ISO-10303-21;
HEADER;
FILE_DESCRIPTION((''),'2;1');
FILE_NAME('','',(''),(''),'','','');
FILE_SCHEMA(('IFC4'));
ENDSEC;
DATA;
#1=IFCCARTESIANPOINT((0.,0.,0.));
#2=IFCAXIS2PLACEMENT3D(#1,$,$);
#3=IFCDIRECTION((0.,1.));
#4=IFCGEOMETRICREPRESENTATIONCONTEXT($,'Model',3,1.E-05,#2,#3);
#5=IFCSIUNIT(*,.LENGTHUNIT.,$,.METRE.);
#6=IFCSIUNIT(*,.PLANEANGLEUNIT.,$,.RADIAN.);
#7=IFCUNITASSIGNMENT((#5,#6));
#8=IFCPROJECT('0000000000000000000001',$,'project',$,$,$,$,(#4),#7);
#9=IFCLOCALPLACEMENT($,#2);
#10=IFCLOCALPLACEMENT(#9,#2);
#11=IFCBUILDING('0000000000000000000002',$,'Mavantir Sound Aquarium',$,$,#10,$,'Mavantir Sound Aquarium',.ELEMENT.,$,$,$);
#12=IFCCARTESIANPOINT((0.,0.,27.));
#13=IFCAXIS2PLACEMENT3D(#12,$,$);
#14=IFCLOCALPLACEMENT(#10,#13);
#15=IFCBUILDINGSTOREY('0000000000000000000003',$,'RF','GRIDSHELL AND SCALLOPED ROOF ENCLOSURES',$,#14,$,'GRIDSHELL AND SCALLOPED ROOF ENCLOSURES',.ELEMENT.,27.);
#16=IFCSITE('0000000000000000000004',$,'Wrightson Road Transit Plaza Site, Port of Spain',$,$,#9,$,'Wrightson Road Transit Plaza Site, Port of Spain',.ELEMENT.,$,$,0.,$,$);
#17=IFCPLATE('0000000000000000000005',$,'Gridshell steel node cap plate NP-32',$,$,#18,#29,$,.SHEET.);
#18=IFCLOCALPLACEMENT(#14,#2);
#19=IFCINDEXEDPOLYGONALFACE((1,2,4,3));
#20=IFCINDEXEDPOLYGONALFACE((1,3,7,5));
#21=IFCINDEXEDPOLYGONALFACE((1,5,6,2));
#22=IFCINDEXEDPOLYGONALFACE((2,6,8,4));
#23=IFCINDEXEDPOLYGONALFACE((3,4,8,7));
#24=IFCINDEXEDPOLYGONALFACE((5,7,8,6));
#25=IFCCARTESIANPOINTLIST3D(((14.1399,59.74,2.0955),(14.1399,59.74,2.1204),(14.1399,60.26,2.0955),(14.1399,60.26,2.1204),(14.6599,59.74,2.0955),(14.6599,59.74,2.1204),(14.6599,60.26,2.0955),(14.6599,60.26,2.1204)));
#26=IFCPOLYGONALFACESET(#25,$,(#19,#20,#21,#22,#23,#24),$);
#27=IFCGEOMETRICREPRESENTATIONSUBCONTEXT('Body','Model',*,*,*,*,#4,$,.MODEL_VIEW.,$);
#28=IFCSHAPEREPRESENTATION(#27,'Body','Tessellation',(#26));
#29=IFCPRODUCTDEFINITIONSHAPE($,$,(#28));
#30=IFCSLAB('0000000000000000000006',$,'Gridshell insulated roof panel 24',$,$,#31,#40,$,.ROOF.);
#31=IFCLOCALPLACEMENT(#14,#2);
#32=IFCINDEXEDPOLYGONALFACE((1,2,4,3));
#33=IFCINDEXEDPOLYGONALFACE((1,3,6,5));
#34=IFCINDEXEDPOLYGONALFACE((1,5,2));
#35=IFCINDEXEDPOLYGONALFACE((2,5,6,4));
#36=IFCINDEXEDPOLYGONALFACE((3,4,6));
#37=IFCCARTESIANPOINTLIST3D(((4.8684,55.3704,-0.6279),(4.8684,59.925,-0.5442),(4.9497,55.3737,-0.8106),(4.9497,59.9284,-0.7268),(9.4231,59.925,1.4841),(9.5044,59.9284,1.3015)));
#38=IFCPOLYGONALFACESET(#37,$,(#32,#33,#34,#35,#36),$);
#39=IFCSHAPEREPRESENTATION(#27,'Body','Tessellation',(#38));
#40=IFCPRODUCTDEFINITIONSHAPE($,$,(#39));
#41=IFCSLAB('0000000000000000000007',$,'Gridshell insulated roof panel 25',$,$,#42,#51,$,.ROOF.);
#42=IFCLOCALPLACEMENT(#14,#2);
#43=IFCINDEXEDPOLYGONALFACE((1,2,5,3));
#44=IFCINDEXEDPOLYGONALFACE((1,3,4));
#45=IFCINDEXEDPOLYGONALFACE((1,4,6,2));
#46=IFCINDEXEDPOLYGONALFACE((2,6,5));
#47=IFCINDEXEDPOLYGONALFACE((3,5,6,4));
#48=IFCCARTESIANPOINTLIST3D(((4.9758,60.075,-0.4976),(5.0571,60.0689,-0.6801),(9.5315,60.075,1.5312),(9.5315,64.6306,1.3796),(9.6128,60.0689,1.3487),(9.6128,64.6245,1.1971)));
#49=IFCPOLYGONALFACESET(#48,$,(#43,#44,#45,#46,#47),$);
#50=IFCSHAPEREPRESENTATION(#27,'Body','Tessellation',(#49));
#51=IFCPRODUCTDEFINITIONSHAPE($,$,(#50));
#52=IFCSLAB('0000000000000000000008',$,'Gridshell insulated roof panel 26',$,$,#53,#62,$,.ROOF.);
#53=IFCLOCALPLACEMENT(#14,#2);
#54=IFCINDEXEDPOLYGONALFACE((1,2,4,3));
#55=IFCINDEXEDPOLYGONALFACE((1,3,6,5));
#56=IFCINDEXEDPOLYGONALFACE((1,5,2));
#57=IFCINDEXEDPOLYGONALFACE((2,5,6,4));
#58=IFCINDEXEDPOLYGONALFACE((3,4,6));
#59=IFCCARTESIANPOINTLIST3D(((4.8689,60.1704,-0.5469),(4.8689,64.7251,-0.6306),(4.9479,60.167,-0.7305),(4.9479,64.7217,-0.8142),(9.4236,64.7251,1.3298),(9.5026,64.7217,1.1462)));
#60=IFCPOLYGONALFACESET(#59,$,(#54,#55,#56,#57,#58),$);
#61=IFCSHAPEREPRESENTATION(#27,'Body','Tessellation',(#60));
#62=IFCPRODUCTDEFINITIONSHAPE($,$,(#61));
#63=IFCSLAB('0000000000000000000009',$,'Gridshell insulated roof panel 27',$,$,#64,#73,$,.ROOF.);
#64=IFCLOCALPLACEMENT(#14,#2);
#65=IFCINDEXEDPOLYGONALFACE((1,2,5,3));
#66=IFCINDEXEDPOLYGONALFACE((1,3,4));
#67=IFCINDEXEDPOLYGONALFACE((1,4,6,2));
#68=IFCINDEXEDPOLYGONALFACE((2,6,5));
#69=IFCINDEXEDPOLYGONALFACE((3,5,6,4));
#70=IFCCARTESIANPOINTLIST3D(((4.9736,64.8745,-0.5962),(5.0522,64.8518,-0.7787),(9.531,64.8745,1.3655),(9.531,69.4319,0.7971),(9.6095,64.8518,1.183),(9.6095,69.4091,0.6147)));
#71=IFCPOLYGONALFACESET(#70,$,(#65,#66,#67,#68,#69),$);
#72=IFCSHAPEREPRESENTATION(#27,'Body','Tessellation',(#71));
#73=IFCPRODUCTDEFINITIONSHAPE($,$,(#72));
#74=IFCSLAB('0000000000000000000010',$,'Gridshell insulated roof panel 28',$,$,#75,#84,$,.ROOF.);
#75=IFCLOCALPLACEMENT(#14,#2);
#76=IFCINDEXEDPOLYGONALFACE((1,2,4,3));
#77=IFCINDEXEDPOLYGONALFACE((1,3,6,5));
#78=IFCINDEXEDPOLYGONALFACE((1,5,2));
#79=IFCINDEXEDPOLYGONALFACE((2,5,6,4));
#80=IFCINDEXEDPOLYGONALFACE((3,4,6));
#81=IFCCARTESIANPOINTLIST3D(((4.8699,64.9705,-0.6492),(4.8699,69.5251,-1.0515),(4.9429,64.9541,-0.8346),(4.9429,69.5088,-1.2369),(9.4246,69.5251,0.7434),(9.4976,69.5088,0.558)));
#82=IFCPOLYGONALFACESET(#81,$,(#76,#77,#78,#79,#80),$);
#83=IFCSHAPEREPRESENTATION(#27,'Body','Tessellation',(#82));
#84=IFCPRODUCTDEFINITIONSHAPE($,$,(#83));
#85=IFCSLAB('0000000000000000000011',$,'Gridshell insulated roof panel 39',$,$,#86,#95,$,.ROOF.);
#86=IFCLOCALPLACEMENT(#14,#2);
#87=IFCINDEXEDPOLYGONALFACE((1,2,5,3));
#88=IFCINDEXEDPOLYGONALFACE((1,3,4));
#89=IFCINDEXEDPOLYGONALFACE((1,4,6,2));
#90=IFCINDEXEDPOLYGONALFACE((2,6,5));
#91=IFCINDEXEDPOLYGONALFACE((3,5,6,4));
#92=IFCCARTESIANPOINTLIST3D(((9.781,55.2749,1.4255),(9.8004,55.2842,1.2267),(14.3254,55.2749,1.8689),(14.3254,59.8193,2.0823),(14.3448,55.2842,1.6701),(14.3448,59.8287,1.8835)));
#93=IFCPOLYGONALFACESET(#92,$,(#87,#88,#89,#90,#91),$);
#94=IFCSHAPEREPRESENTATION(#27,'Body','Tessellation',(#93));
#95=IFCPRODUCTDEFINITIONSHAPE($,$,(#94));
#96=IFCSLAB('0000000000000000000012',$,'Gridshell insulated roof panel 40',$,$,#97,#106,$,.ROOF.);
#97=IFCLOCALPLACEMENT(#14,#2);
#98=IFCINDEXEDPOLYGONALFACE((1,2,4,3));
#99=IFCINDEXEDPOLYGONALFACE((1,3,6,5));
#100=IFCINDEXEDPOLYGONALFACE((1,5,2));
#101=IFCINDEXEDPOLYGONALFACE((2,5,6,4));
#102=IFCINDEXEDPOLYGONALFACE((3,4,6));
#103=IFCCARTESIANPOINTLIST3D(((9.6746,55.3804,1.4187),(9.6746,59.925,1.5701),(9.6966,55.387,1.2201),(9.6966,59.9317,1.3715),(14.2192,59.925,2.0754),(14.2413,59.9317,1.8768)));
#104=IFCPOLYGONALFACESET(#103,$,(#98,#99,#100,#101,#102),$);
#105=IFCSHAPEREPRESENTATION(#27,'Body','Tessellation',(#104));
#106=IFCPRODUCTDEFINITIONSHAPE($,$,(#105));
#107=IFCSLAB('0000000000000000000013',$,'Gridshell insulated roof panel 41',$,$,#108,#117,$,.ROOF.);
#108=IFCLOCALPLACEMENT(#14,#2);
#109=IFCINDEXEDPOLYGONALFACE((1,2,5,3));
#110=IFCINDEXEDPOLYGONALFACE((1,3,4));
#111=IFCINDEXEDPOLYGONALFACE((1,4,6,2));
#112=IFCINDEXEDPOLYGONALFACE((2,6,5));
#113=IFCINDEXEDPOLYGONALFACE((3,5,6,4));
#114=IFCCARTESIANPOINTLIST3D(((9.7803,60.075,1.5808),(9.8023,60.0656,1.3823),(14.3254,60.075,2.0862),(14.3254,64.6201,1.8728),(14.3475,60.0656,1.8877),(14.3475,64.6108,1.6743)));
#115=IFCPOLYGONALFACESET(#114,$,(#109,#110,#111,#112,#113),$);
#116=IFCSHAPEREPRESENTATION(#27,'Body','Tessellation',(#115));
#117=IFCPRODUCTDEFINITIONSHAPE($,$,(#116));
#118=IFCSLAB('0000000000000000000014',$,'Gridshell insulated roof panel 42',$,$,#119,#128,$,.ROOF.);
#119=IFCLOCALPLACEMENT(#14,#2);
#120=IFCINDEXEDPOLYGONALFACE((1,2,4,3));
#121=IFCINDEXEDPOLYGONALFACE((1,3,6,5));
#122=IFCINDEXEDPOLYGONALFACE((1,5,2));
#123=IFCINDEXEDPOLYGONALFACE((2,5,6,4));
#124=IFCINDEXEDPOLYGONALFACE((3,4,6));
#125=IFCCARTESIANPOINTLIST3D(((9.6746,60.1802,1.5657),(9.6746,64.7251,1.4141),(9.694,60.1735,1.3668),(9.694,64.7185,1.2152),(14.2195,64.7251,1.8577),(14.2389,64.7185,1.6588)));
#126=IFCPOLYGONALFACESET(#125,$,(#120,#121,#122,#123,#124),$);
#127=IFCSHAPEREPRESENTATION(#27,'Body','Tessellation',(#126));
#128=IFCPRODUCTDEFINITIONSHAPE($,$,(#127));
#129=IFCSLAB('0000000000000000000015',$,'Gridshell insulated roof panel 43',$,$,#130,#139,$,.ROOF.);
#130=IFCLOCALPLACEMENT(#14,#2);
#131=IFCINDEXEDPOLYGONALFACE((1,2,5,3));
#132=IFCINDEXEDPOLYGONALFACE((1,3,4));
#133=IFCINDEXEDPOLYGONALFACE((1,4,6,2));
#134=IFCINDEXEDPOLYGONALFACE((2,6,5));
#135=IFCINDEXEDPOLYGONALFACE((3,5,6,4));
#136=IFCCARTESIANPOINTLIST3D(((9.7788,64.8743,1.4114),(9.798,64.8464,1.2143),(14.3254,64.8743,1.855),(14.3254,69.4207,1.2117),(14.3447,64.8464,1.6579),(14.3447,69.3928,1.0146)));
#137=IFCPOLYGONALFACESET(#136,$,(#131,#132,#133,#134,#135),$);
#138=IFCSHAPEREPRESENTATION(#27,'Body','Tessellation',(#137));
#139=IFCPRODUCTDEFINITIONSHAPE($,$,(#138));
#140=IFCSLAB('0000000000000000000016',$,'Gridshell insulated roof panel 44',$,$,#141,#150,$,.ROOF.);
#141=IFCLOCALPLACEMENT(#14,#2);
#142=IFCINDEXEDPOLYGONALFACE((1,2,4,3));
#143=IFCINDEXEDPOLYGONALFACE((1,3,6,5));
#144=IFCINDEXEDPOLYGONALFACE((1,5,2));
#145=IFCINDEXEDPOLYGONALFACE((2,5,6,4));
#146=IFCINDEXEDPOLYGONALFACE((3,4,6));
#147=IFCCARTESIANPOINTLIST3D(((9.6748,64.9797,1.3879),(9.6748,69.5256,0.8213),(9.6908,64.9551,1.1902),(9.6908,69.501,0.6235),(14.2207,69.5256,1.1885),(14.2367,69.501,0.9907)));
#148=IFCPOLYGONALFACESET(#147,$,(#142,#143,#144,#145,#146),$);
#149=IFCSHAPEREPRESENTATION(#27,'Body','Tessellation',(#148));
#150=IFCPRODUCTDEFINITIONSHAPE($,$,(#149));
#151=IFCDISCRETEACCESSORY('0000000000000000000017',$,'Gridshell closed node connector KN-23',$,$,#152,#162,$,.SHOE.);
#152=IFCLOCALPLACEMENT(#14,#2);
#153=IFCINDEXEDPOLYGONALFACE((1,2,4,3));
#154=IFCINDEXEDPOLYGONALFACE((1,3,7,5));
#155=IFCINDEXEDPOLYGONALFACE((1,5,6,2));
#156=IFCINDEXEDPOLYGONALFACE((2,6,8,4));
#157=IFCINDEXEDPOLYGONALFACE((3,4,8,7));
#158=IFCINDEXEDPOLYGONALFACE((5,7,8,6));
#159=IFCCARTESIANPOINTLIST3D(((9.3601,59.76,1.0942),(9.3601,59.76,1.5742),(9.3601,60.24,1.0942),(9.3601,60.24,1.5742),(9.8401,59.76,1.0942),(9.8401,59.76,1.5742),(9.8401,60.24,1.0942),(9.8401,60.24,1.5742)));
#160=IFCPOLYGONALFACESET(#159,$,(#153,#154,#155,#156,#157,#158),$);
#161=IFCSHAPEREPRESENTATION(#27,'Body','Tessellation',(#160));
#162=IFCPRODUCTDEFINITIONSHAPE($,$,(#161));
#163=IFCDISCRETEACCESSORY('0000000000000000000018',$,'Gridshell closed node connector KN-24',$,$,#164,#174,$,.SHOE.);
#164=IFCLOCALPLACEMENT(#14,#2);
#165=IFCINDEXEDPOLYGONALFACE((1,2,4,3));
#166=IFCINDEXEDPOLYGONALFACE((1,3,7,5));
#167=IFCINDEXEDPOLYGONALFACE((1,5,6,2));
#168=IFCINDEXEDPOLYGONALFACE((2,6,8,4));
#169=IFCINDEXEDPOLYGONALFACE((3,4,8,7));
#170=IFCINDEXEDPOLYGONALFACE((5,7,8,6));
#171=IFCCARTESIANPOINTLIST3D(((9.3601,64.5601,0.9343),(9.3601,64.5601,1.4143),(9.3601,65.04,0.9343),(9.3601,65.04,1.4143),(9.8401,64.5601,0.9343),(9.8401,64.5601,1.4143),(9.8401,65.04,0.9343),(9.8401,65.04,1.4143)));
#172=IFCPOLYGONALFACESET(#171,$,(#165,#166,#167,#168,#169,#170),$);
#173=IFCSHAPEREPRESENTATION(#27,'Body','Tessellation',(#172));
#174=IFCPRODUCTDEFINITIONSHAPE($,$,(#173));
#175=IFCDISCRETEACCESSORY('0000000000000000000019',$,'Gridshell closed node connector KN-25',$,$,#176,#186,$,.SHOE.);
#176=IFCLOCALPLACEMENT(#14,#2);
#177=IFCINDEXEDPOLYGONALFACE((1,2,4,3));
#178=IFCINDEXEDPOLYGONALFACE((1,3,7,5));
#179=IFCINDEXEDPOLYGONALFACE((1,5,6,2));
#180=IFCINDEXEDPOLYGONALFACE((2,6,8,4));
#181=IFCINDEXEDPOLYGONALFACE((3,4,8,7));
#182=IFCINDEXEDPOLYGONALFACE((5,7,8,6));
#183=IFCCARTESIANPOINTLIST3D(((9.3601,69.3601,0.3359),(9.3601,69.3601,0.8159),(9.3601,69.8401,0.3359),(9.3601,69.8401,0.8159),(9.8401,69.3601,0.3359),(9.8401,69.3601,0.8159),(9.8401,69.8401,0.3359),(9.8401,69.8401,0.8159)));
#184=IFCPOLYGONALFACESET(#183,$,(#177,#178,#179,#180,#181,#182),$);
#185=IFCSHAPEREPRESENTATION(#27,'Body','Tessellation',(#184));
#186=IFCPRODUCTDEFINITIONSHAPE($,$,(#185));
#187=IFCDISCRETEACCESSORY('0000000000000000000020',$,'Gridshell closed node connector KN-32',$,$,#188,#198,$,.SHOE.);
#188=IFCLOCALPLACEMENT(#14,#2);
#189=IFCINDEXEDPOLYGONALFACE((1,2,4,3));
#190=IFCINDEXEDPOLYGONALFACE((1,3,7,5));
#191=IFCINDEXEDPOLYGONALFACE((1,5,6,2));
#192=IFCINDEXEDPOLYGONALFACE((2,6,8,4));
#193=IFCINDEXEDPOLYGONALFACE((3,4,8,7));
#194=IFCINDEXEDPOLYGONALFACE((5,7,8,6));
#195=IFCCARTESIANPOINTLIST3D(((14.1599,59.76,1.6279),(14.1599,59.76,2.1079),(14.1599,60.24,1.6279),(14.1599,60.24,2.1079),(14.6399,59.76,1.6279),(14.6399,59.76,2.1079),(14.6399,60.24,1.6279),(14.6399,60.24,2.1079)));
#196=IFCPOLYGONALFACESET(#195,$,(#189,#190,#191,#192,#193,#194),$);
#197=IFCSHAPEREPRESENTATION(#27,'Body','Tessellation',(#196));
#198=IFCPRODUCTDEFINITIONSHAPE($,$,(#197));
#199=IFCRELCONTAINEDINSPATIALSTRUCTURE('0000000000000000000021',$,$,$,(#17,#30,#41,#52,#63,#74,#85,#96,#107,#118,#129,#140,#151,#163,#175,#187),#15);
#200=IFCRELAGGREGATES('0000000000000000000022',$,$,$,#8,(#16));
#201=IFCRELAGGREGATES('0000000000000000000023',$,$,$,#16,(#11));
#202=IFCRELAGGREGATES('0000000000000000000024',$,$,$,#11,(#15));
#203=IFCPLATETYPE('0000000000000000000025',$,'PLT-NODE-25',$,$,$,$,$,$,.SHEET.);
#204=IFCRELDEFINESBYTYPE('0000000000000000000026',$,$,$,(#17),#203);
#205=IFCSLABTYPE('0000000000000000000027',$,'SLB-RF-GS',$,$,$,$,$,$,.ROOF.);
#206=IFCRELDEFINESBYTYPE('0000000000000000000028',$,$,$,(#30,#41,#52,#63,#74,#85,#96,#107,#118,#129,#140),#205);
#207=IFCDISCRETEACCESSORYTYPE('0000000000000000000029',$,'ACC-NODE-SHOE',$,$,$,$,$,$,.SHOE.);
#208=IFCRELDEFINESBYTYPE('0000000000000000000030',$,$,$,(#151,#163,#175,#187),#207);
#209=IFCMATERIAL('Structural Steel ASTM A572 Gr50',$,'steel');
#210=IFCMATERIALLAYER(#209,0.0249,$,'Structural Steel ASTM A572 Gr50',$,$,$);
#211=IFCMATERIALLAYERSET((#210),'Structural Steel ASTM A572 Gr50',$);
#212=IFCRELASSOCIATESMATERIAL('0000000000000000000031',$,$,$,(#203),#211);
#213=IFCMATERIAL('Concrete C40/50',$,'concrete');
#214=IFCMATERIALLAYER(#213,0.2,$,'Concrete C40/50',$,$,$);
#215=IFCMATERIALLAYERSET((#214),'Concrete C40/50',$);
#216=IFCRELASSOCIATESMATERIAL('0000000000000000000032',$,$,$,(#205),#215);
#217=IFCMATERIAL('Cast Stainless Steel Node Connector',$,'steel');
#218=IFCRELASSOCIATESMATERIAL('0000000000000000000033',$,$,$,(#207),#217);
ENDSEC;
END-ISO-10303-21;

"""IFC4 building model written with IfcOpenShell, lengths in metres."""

from ifc_helpers import new_model, si_unit, direction, frame, origin, origin_2d, place, context, subcontext, project, spatial, polyline, rectangle, outline, extrude, material, layer, layer_set, type_object, element, save


model = new_model("IFC4")

# Units and contexts
model_context = context("Model", 3, precision=1e-05, world=origin(), true_north=direction((0.0, 1.0)))
body_context = subcontext(model_context, "Body", "Model", "MODEL_VIEW")
ifc_project = project(units=[si_unit("LENGTHUNIT", "METRE"), si_unit("PLANEANGLEUNIT", "RADIAN")], contexts=[model_context])

# Site, building, storey
site_placement = place(None, origin())
site = spatial("IfcSite", under=ifc_project, at=site_placement, Name="Wrightson Road Transit Plaza Site, Port of Spain", LongName="Wrightson Road Transit Plaza Site, Port of Spain", CompositionType="ELEMENT", RefElevation=0.0)
building_placement = place(site_placement, origin())
building = spatial("IfcBuilding", under=site, at=building_placement, Name="Mavantir Sound Aquarium", LongName="Mavantir Sound Aquarium", CompositionType="ELEMENT")
storey_placement = place(building_placement, frame((0.0, 0.0, 27.0)))
storey = spatial("IfcBuildingStorey", under=building, at=storey_placement, Name="RF", Description="GRIDSHELL AND SCALLOPED ROOF ENCLOSURES", LongName="GRIDSHELL AND SCALLOPED ROOF ENCLOSURES", CompositionType="ELEMENT", Elevation=27.0)

# Plate
ifc_material_1 = material(Name="Structural Steel ASTM A572 Gr50", Category="steel")
ifc_layer_1 = layer(ifc_material_1, 0.0249, Name="Structural Steel ASTM A572 Gr50")
ifc_layer_set_1 = layer_set([ifc_layer_1], Name="Structural Steel ASTM A572 Gr50")
plate_type_1 = type_object("IfcPlateType", Name="PLT-NODE-25", PredefinedType="SHEET", material=ifc_layer_set_1)
for number, where, z_axis, x_axis, name in (
    (1, (14.3999, 60.0, 2.0955), (0.0, 0.0, 1.0), (1.0, 0.0, 0.0), "Gridshell steel node cap plate NP-32"),
):
    element("IfcPlate", number, at=place(storey_placement, frame(where, z_axis=z_axis, x_axis=x_axis)), inside=storey, type_object=plate_type_1, Name=name, PredefinedType="SHEET", context=body_context, shape_type="SweptSolid", body=[
        extrude(rectangle(XDim=0.52, YDim=0.52, at=origin_2d()), origin(), (0.0, 0.0, 1.0), 0.0249),
    ])

# Slabs
ifc_material_2 = material(Name="Concrete C40/50", Category="concrete")
ifc_layer_2 = layer(ifc_material_2, 0.2, Name="Concrete C40/50")
ifc_layer_set_2 = layer_set([ifc_layer_2], Name="Concrete C40/50")
slab_type = type_object("IfcSlabType", Name="SLB-RF-GS", PredefinedType="ROOF", material=ifc_layer_set_2)
slab_1_placement = place(storey_placement, frame((4.8684, 55.3704, -0.6279), z_axis=(-0.406753, -0.016793, 0.913384), x_axis=(0.671909, 0.671909, 0.311572)))
element("IfcSlab", 2, at=slab_1_placement, inside=storey, type_object=slab_type, Name="Gridshell insulated roof panel 24", PredefinedType="ROOF", context=body_context, shape_type="SweptSolid", body=[
    extrude(outline(polyline([(0.0, 0.0), (6.7787, 0.0), (3.0864, 3.3505), (0.0, 0.0)])), origin(), (0.0, 0.0, -1.0), 0.2),
])
slab_2_placement = place(storey_placement, frame((4.9758, 60.075, -0.4976), z_axis=(-0.406632, 0.030387, 0.913087), x_axis=(0.913508, 0.0, 0.40682)))
element("IfcSlab", 3, at=slab_2_placement, inside=storey, type_object=slab_type, Name="Gridshell insulated roof panel 25", PredefinedType="ROOF", context=body_context, shape_type="SweptSolid", body=[
    extrude(outline(polyline([(0.0, 0.0), (4.987, 0.0), (4.9253, 4.5578), (0.0, 0.0)])), origin(), (0.0, 0.0, -1.0), 0.2),
])
slab_3_placement = place(storey_placement, frame((4.8689, 60.1704, -0.5469), z_axis=(-0.3953, 0.016885, 0.918397), x_axis=(0.678879, 0.678879, 0.279725)))
element("IfcSlab", 4, at=slab_3_placement, inside=storey, type_object=slab_type, Name="Gridshell insulated roof panel 26", PredefinedType="ROOF", context=body_context, shape_type="SweptSolid", body=[
    extrude(outline(polyline([(0.0, 0.0), (6.7091, 0.0), (3.0687, 3.3668), (0.0, 0.0)])), origin(), (0.0, 0.0, -1.0), 0.2),
])
slab_4_placement = place(storey_placement, frame((4.9736, 64.8745, -0.5962), z_axis=(-0.392799, 0.113807, 0.912555), x_axis=(0.918523, 0.0, 0.395368)))
element("IfcSlab", 5, at=slab_4_placement, inside=storey, type_object=slab_type, Name="Gridshell insulated roof panel 27", PredefinedType="ROOF", context=body_context, shape_type="SweptSolid", body=[
    extrude(outline(polyline([(0.0, 0.0), (4.9616, 0.0), (4.7369, 4.5872), (0.0, 0.0)])), origin(), (0.0, 0.0, -1.0), 0.2),
])
slab_5_placement = place(storey_placement, frame((4.8699, 64.9705, -0.6492), z_axis=(-0.365408, 0.081909, 0.927237), x_axis=(0.691139, 0.691139, 0.211313)))
element("IfcSlab", 6, at=slab_5_placement, inside=storey, type_object=slab_type, Name="Gridshell insulated roof panel 28", PredefinedType="ROOF", context=body_context, shape_type="SweptSolid", body=[
    extrude(outline(polyline([(0.0, 0.0), (6.5901, 0.0), (3.0629, 3.395), (0.0, 0.0)])), origin(), (0.0, 0.0, -1.0), 0.2),
])
slab_6_placement = place(storey_placement, frame((9.781, 55.2749, 1.4255), z_axis=(-0.096994, -0.046681, 0.99419), x_axis=(0.995275, 0.0, 0.0971)))
element("IfcSlab", 7, at=slab_6_placement, inside=storey, type_object=slab_type, Name="Gridshell insulated roof panel 39", PredefinedType="ROOF", context=body_context, shape_type="SweptSolid", body=[
    extrude(outline(polyline([(0.0, 0.0), (4.566, 0.0), (4.5867, 4.5494), (0.0, 0.0)])), origin(), (0.0, 0.0, -1.0), 0.2),
])
slab_7_placement = place(storey_placement, frame((9.6746, 55.3804, 1.4187), z_axis=(-0.110459, -0.033084, 0.99333), x_axis=(0.703444, 0.703444, 0.101653)))
element("IfcSlab", 8, at=slab_7_placement, inside=storey, type_object=slab_type, Name="Gridshell insulated roof panel 40", PredefinedType="ROOF", context=body_context, shape_type="SweptSolid", body=[
    extrude(outline(polyline([(0.0, 0.0), (6.4606, 0.0), (3.2123, 3.2184), (0.0, 0.0)])), origin(), (0.0, 0.0, -1.0), 0.2),
])
slab_8_placement = place(storey_placement, frame((9.7803, 60.075, 1.5808), z_axis=(-0.110388, 0.046608, 0.992795), x_axis=(0.993875, 0.0, 0.110508)))
element("IfcSlab", 9, at=slab_8_placement, inside=storey, type_object=slab_type, Name="Gridshell insulated roof panel 41", PredefinedType="ROOF", context=body_context, shape_type="SweptSolid", body=[
    extrude(outline(polyline([(0.0, 0.0), (4.5732, 0.0), (4.5496, 4.5501), (0.0, 0.0)])), origin(), (0.0, 0.0, -1.0), 0.2),
])
slab_9_placement = place(storey_placement, frame((9.6746, 60.1802, 1.5657), z_axis=(-0.097089, 0.033182, 0.994722), x_axis=(0.706378, 0.706378, 0.045382)))
element("IfcSlab", 10, at=slab_9_placement, inside=storey, type_object=slab_type, Name="Gridshell insulated roof panel 42", PredefinedType="ROOF", context=body_context, shape_type="SweptSolid", body=[
    extrude(outline(polyline([(0.0, 0.0), (6.4341, 0.0), (3.2036, 3.2275), (0.0, 0.0)])), origin(), (0.0, 0.0, -1.0), 0.2),
])
slab_10_placement = place(storey_placement, frame((9.7788, 64.8743, 1.4114), z_axis=(-0.096158, 0.139454, 0.985549), x_axis=(0.995274, 0.0, 0.097106)))
element("IfcSlab", 11, at=slab_10_placement, inside=storey, type_object=slab_type, Name="Gridshell insulated roof panel 43", PredefinedType="ROOF", context=body_context, shape_type="SweptSolid", body=[
    extrude(outline(polyline([(0.0, 0.0), (4.5682, 0.0), (4.5058, 4.5913), (0.0, 0.0)])), origin(), (0.0, 0.0, -1.0), 0.2),
])
slab_11_placement = place(storey_placement, frame((9.6748, 64.9797, 1.3879), z_axis=(-0.079897, 0.123298, 0.989148), x_axis=(0.706767, 0.706767, -0.031011)))
element("IfcSlab", 12, at=slab_11_placement, inside=storey, type_object=slab_type, Name="Gridshell insulated roof panel 44", PredefinedType="ROOF", context=body_context, shape_type="SweptSolid", body=[
    extrude(outline(polyline([(0.0, 0.0), (6.432, 0.0), (3.2305, 3.2481), (0.0, 0.0)])), origin(), (0.0, 0.0, -1.0), 0.2),
])

# Discrete accessories
ifc_material_3 = material(Name="Cast Stainless Steel Node Connector", Category="steel")
discrete_accessory_type = type_object("IfcDiscreteAccessoryType", Name="ACC-NODE-SHOE", PredefinedType="SHOE", material=ifc_material_3)
for number, where, z_axis, x_axis, name in (
    (13, (9.6001, 60.0, 1.0942), (0.0, 0.0, 1.0), (1.0, 0.0, 0.0), "Gridshell closed node connector KN-23"),
    (14, (9.6001, 64.8, 0.9343), (0.0, 0.0, 1.0), (1.0, 0.0, 0.0), "Gridshell closed node connector KN-24"),
    (15, (9.6001, 69.6001, 0.3359), (0.0, 0.0, 1.0), (1.0, 0.0, 0.0), "Gridshell closed node connector KN-25"),
    (16, (14.3999, 60.0, 1.6279), (0.0, 0.0, 1.0), (1.0, 0.0, 0.0), "Gridshell closed node connector KN-32"),
):
    element("IfcDiscreteAccessory", number, at=place(storey_placement, frame(where, z_axis=z_axis, x_axis=x_axis)), inside=storey, type_object=discrete_accessory_type, Name=name, PredefinedType="SHOE", context=body_context, shape_type="SweptSolid", body=[
        extrude(rectangle(XDim=0.48, YDim=0.48, at=origin_2d()), origin(), (0.0, 0.0, 1.0), 0.48),
    ])

save(model, "model.ifc")
